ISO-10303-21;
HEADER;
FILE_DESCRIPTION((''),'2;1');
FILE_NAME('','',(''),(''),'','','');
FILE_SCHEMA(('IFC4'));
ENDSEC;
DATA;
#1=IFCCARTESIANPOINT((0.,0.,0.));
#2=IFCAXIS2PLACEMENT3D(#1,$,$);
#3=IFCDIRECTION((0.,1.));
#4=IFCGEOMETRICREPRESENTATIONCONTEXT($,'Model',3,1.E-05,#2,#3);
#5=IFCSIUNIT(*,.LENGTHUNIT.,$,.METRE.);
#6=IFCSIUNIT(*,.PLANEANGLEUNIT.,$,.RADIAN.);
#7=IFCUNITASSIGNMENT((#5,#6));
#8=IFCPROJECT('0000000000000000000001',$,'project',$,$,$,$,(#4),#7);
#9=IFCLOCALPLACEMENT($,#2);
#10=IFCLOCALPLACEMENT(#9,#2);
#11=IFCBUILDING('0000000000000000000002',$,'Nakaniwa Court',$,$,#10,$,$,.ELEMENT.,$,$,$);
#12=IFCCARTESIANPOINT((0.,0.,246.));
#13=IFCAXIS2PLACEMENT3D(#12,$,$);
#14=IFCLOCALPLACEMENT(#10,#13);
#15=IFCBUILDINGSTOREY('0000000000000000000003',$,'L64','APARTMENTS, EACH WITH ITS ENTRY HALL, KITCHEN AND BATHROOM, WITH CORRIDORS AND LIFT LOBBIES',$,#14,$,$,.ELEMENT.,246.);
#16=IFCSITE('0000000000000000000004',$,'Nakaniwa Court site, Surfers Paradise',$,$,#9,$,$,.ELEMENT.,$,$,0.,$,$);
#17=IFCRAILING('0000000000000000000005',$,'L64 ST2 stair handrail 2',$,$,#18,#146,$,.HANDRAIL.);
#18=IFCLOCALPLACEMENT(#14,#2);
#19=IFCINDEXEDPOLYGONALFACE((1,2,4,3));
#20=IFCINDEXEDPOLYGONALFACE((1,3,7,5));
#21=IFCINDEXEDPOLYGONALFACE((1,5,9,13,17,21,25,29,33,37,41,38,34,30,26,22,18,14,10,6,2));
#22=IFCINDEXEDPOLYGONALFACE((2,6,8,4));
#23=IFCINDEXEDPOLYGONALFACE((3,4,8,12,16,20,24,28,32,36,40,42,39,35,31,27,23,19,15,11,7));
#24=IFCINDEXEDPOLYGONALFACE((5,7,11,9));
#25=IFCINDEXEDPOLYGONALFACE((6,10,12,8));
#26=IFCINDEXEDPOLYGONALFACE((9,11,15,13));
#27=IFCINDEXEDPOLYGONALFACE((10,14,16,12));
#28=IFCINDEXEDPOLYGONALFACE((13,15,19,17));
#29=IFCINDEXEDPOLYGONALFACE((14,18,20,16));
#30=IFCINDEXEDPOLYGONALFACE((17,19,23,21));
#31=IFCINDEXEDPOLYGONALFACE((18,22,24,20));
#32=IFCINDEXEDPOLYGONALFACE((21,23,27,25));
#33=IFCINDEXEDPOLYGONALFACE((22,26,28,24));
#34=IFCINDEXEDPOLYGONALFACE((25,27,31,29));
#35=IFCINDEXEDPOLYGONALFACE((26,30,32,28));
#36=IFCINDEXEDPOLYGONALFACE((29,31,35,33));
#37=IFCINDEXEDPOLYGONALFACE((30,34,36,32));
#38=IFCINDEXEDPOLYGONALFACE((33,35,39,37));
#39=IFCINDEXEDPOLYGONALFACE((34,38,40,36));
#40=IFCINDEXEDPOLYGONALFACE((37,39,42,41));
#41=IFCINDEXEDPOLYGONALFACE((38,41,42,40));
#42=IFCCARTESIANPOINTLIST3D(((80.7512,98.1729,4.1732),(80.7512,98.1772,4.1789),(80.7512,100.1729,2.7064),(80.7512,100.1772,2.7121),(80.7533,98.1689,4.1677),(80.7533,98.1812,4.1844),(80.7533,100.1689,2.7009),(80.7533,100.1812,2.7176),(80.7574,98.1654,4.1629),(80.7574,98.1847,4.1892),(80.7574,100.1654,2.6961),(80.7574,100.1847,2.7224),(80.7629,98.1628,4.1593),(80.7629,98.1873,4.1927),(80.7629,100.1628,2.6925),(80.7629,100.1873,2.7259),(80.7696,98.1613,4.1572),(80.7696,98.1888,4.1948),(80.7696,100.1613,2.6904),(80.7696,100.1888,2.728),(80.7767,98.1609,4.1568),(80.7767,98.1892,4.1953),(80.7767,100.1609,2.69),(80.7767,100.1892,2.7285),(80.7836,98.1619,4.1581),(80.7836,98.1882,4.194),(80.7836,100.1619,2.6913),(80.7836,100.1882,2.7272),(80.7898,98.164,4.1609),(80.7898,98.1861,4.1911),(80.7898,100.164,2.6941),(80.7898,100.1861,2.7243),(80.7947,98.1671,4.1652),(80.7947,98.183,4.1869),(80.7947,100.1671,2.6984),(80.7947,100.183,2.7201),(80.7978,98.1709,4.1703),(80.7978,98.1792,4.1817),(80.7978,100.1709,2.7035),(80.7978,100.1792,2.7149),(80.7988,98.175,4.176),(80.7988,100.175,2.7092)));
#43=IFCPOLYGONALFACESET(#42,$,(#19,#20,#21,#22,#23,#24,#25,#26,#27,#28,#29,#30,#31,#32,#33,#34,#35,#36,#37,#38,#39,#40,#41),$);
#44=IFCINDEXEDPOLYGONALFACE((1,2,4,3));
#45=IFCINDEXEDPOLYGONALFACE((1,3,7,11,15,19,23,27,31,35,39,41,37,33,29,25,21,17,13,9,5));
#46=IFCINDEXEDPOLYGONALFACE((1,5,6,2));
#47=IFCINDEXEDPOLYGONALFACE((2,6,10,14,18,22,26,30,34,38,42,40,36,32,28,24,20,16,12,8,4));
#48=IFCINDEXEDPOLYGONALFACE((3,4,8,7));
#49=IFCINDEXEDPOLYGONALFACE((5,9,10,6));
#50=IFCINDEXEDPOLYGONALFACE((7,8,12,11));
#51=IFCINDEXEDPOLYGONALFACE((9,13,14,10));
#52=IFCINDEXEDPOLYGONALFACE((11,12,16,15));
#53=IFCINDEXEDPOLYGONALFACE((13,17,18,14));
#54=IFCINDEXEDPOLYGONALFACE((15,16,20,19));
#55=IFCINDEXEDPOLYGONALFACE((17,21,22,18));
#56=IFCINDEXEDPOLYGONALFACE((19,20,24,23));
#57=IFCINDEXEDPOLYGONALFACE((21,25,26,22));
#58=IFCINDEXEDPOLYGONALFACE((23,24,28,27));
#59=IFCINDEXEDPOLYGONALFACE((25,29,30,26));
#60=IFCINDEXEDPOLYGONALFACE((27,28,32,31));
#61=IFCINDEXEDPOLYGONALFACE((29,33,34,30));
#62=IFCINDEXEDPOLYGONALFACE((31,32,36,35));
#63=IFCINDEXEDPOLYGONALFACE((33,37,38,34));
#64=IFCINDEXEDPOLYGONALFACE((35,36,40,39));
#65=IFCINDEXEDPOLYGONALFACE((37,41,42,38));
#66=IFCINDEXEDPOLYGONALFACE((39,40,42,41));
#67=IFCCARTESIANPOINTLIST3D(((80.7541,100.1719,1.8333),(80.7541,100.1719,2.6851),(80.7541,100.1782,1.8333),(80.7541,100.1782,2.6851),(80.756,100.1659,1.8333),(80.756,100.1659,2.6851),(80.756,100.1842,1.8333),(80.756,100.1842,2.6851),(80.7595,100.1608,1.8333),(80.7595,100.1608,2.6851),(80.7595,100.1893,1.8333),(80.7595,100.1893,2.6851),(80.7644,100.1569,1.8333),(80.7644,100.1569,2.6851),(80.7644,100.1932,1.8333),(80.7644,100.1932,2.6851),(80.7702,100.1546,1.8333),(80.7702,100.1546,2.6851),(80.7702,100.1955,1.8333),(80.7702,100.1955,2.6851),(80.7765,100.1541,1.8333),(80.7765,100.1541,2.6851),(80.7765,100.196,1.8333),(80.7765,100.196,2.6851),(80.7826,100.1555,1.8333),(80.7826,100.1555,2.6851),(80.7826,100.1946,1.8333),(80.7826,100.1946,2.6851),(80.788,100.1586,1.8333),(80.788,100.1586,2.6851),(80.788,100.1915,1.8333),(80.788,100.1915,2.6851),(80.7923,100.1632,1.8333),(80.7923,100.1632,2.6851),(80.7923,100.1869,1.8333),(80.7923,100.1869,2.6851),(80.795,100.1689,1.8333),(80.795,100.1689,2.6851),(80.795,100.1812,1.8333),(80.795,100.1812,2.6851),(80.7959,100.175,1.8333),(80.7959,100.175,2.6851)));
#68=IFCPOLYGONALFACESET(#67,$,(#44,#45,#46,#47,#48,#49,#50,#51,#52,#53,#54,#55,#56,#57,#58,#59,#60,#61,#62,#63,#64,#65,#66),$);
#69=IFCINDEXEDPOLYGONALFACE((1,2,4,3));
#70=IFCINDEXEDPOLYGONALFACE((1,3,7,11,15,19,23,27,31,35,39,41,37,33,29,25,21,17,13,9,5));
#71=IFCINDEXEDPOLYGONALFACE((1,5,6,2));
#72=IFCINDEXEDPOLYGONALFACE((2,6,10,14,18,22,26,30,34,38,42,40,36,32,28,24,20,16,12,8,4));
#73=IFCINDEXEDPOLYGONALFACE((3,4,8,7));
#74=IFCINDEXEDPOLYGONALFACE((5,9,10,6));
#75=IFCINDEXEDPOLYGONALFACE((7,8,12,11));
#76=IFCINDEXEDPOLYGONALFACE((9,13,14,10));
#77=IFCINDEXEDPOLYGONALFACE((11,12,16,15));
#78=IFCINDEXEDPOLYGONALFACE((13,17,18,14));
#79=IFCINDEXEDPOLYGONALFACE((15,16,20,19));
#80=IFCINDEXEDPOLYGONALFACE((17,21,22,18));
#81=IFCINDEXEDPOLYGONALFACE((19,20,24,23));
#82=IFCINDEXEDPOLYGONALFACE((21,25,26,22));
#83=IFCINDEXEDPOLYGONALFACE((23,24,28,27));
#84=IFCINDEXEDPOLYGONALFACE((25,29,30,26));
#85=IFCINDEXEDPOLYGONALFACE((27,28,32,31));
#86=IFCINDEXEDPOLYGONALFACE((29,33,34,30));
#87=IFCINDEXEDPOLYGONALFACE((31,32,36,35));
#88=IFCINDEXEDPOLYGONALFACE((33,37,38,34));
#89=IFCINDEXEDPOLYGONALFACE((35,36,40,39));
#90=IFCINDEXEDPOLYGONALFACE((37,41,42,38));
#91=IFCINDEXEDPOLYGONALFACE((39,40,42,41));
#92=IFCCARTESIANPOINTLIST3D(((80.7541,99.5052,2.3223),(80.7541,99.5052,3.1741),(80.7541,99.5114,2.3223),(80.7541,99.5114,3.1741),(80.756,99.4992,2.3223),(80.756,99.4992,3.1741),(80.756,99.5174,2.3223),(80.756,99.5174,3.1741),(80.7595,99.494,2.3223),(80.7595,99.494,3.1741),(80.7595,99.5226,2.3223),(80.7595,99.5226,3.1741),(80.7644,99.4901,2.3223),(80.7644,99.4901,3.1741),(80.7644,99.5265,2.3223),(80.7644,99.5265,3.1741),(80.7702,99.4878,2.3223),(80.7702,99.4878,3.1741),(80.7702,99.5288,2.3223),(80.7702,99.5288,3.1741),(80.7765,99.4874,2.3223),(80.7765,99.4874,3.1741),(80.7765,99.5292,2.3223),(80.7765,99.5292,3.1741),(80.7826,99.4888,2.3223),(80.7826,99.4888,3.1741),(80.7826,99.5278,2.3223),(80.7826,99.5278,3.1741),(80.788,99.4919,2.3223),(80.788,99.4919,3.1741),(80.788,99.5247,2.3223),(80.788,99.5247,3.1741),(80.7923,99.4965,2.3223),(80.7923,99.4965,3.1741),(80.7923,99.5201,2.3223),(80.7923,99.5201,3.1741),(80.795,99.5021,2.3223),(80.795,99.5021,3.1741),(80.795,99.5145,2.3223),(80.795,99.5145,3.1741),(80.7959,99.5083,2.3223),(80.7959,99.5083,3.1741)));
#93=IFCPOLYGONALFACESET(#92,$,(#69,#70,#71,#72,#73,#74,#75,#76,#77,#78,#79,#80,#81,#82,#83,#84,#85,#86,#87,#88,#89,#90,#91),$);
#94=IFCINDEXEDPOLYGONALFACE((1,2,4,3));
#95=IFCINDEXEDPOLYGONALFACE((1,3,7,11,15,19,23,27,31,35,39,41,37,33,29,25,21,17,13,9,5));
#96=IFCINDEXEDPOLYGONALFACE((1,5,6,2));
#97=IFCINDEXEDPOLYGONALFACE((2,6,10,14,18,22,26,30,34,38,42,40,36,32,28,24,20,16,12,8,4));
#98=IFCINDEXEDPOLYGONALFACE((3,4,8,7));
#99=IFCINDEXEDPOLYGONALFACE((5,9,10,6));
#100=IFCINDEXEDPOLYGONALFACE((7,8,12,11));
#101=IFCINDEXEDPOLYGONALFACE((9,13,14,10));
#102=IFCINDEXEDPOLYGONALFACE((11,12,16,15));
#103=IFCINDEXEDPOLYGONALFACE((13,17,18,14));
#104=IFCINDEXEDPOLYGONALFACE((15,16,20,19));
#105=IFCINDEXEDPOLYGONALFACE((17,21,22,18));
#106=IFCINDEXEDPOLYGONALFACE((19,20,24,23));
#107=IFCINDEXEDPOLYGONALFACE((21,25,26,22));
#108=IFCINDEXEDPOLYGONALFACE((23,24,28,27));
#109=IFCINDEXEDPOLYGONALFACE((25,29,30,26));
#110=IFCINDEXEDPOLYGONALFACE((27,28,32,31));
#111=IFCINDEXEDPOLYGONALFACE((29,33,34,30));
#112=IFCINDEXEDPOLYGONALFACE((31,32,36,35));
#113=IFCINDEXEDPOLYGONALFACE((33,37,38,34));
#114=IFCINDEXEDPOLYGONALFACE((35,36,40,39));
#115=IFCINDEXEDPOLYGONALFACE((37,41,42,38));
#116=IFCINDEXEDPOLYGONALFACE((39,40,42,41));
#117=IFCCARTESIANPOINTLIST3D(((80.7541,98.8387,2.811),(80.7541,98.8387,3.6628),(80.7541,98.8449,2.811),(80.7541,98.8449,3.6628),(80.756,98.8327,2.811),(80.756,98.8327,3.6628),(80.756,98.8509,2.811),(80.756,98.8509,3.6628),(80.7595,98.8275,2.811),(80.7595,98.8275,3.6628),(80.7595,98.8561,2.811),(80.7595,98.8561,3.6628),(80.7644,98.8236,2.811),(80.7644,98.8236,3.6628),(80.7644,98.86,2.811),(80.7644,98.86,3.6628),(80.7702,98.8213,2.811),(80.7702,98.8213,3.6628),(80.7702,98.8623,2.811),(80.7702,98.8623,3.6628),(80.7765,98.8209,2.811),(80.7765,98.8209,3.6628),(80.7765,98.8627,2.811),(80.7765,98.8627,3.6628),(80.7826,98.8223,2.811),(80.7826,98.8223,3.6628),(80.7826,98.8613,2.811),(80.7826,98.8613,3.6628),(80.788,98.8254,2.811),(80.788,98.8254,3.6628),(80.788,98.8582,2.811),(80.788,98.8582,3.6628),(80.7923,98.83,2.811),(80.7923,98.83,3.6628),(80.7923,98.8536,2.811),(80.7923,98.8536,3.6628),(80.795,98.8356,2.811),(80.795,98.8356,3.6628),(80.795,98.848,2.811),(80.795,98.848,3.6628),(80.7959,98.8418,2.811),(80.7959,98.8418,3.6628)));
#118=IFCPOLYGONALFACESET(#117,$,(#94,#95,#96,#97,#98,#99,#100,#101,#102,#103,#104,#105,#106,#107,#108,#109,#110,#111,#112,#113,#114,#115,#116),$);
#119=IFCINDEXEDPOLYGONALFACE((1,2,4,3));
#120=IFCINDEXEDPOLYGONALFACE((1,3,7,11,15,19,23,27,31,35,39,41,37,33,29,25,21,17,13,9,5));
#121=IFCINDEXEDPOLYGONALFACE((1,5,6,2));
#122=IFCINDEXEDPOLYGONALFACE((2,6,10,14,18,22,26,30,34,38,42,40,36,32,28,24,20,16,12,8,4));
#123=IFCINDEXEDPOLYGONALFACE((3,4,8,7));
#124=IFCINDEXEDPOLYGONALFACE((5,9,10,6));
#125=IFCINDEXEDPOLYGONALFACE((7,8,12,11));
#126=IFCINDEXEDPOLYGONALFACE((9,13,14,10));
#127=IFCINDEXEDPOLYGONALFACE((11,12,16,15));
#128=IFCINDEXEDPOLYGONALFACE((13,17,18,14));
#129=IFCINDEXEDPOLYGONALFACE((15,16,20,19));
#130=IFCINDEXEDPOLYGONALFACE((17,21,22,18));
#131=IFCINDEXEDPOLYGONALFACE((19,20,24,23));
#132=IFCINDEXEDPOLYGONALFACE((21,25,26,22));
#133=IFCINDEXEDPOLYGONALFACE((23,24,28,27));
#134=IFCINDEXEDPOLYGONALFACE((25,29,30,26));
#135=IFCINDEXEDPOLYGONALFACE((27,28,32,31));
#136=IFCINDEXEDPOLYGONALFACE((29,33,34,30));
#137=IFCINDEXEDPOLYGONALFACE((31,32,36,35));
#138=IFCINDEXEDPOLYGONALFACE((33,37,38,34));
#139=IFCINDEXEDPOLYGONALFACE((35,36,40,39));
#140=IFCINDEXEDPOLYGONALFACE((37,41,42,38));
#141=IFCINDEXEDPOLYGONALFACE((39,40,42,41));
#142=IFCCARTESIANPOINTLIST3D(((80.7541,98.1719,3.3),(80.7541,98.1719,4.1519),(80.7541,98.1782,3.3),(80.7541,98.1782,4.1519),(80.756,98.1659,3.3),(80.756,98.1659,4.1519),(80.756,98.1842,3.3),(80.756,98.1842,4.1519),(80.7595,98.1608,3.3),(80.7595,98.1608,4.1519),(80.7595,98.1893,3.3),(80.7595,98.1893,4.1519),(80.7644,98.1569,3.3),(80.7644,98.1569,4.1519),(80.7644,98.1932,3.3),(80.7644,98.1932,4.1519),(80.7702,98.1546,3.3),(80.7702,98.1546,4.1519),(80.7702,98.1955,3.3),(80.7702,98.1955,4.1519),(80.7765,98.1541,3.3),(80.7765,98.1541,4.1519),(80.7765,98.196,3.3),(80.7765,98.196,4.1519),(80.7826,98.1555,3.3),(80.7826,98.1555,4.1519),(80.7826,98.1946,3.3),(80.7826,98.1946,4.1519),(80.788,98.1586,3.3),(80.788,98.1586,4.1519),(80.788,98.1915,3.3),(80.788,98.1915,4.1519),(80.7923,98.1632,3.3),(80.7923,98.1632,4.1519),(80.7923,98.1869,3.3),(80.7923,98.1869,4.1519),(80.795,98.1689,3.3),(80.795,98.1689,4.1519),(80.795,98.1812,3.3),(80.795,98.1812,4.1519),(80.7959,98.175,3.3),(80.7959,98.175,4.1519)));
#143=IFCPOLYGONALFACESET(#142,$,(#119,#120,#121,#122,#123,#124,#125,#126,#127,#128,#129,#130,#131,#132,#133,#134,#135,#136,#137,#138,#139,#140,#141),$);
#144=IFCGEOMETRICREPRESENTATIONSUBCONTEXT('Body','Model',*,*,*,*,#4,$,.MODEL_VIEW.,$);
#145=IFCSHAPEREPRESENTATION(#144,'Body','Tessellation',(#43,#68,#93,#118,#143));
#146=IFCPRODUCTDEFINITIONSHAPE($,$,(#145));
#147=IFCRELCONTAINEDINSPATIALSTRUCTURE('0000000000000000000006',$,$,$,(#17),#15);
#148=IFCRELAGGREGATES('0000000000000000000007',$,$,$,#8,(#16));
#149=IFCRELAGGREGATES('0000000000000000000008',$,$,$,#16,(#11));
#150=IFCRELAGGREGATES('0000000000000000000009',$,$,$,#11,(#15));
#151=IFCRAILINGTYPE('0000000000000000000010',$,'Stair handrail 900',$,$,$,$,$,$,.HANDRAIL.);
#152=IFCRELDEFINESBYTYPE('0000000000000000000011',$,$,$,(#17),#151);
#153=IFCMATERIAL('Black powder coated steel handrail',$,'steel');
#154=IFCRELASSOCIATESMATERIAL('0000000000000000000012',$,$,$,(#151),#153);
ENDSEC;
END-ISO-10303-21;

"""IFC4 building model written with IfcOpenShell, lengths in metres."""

from ifc_helpers import new_model, si_unit, direction, frame, origin, origin_2d, place, context, subcontext, project, spatial, circle, extrude, material, type_object, element, save


model = new_model("IFC4")

# Units and contexts
model_context = context("Model", 3, precision=1e-05, world=origin(), true_north=direction((0.0, 1.0)))
body_context = subcontext(model_context, "Body", "Model", "MODEL_VIEW")
ifc_project = project(units=[si_unit("LENGTHUNIT", "METRE"), si_unit("PLANEANGLEUNIT", "RADIAN")], contexts=[model_context])

# Site, building, storey
site_placement = place(None, origin())
site = spatial("IfcSite", under=ifc_project, at=site_placement, Name="Nakaniwa Court site, Surfers Paradise", CompositionType="ELEMENT", RefElevation=0.0)
building_placement = place(site_placement, origin())
building = spatial("IfcBuilding", under=site, at=building_placement, Name="Nakaniwa Court", CompositionType="ELEMENT")
storey_placement = place(building_placement, frame((0.0, 0.0, 246.0)))
storey = spatial("IfcBuildingStorey", under=building, at=storey_placement, Name="L64", Description="APARTMENTS, EACH WITH ITS ENTRY HALL, KITCHEN AND BATHROOM, WITH CORRIDORS AND LIFT LOBBIES", CompositionType="ELEMENT", Elevation=246.0)

# Railing
ifc_material_1 = material(Name="Black powder coated steel handrail", Category="steel")
railing_type_1 = type_object("IfcRailingType", Name="Stair handrail 900", PredefinedType="HANDRAIL", material=ifc_material_1)
railing_1_placement = place(storey_placement, frame((80.7749, 100.175, 1.8333)))
element("IfcRailing", 1, at=railing_1_placement, inside=storey, type_object=railing_type_1, Name="L64 ST2 stair handrail 2", PredefinedType="HANDRAIL", context=body_context, shape_type="SweptSolid", body=[
    extrude(circle(Radius=0.0239, at=origin_2d()), frame((0.0, 0.0, 0.876), z_axis=(0.0, -0.80638, 0.591398), x_axis=(1.0, 0.0, 0.0)), (0.0, 0.0, 1.0), 2.4802),
    extrude(circle(Radius=0.021, at=origin_2d()), origin(), (0.0, 0.0, 1.0), 0.8518),
    extrude(circle(Radius=0.021, at=origin_2d()), frame((0.0, -0.6667, 0.489)), (0.0, 0.0, 1.0), 0.8518),
    extrude(circle(Radius=0.021, at=origin_2d()), frame((0.0, -1.3333, 0.9778)), (0.0, 0.0, 1.0), 0.8518),
    extrude(circle(Radius=0.021, at=origin_2d()), frame((0.0, -2.0, 1.4668)), (0.0, 0.0, 1.0), 0.8518),
])

save(model, "model.ifc")
